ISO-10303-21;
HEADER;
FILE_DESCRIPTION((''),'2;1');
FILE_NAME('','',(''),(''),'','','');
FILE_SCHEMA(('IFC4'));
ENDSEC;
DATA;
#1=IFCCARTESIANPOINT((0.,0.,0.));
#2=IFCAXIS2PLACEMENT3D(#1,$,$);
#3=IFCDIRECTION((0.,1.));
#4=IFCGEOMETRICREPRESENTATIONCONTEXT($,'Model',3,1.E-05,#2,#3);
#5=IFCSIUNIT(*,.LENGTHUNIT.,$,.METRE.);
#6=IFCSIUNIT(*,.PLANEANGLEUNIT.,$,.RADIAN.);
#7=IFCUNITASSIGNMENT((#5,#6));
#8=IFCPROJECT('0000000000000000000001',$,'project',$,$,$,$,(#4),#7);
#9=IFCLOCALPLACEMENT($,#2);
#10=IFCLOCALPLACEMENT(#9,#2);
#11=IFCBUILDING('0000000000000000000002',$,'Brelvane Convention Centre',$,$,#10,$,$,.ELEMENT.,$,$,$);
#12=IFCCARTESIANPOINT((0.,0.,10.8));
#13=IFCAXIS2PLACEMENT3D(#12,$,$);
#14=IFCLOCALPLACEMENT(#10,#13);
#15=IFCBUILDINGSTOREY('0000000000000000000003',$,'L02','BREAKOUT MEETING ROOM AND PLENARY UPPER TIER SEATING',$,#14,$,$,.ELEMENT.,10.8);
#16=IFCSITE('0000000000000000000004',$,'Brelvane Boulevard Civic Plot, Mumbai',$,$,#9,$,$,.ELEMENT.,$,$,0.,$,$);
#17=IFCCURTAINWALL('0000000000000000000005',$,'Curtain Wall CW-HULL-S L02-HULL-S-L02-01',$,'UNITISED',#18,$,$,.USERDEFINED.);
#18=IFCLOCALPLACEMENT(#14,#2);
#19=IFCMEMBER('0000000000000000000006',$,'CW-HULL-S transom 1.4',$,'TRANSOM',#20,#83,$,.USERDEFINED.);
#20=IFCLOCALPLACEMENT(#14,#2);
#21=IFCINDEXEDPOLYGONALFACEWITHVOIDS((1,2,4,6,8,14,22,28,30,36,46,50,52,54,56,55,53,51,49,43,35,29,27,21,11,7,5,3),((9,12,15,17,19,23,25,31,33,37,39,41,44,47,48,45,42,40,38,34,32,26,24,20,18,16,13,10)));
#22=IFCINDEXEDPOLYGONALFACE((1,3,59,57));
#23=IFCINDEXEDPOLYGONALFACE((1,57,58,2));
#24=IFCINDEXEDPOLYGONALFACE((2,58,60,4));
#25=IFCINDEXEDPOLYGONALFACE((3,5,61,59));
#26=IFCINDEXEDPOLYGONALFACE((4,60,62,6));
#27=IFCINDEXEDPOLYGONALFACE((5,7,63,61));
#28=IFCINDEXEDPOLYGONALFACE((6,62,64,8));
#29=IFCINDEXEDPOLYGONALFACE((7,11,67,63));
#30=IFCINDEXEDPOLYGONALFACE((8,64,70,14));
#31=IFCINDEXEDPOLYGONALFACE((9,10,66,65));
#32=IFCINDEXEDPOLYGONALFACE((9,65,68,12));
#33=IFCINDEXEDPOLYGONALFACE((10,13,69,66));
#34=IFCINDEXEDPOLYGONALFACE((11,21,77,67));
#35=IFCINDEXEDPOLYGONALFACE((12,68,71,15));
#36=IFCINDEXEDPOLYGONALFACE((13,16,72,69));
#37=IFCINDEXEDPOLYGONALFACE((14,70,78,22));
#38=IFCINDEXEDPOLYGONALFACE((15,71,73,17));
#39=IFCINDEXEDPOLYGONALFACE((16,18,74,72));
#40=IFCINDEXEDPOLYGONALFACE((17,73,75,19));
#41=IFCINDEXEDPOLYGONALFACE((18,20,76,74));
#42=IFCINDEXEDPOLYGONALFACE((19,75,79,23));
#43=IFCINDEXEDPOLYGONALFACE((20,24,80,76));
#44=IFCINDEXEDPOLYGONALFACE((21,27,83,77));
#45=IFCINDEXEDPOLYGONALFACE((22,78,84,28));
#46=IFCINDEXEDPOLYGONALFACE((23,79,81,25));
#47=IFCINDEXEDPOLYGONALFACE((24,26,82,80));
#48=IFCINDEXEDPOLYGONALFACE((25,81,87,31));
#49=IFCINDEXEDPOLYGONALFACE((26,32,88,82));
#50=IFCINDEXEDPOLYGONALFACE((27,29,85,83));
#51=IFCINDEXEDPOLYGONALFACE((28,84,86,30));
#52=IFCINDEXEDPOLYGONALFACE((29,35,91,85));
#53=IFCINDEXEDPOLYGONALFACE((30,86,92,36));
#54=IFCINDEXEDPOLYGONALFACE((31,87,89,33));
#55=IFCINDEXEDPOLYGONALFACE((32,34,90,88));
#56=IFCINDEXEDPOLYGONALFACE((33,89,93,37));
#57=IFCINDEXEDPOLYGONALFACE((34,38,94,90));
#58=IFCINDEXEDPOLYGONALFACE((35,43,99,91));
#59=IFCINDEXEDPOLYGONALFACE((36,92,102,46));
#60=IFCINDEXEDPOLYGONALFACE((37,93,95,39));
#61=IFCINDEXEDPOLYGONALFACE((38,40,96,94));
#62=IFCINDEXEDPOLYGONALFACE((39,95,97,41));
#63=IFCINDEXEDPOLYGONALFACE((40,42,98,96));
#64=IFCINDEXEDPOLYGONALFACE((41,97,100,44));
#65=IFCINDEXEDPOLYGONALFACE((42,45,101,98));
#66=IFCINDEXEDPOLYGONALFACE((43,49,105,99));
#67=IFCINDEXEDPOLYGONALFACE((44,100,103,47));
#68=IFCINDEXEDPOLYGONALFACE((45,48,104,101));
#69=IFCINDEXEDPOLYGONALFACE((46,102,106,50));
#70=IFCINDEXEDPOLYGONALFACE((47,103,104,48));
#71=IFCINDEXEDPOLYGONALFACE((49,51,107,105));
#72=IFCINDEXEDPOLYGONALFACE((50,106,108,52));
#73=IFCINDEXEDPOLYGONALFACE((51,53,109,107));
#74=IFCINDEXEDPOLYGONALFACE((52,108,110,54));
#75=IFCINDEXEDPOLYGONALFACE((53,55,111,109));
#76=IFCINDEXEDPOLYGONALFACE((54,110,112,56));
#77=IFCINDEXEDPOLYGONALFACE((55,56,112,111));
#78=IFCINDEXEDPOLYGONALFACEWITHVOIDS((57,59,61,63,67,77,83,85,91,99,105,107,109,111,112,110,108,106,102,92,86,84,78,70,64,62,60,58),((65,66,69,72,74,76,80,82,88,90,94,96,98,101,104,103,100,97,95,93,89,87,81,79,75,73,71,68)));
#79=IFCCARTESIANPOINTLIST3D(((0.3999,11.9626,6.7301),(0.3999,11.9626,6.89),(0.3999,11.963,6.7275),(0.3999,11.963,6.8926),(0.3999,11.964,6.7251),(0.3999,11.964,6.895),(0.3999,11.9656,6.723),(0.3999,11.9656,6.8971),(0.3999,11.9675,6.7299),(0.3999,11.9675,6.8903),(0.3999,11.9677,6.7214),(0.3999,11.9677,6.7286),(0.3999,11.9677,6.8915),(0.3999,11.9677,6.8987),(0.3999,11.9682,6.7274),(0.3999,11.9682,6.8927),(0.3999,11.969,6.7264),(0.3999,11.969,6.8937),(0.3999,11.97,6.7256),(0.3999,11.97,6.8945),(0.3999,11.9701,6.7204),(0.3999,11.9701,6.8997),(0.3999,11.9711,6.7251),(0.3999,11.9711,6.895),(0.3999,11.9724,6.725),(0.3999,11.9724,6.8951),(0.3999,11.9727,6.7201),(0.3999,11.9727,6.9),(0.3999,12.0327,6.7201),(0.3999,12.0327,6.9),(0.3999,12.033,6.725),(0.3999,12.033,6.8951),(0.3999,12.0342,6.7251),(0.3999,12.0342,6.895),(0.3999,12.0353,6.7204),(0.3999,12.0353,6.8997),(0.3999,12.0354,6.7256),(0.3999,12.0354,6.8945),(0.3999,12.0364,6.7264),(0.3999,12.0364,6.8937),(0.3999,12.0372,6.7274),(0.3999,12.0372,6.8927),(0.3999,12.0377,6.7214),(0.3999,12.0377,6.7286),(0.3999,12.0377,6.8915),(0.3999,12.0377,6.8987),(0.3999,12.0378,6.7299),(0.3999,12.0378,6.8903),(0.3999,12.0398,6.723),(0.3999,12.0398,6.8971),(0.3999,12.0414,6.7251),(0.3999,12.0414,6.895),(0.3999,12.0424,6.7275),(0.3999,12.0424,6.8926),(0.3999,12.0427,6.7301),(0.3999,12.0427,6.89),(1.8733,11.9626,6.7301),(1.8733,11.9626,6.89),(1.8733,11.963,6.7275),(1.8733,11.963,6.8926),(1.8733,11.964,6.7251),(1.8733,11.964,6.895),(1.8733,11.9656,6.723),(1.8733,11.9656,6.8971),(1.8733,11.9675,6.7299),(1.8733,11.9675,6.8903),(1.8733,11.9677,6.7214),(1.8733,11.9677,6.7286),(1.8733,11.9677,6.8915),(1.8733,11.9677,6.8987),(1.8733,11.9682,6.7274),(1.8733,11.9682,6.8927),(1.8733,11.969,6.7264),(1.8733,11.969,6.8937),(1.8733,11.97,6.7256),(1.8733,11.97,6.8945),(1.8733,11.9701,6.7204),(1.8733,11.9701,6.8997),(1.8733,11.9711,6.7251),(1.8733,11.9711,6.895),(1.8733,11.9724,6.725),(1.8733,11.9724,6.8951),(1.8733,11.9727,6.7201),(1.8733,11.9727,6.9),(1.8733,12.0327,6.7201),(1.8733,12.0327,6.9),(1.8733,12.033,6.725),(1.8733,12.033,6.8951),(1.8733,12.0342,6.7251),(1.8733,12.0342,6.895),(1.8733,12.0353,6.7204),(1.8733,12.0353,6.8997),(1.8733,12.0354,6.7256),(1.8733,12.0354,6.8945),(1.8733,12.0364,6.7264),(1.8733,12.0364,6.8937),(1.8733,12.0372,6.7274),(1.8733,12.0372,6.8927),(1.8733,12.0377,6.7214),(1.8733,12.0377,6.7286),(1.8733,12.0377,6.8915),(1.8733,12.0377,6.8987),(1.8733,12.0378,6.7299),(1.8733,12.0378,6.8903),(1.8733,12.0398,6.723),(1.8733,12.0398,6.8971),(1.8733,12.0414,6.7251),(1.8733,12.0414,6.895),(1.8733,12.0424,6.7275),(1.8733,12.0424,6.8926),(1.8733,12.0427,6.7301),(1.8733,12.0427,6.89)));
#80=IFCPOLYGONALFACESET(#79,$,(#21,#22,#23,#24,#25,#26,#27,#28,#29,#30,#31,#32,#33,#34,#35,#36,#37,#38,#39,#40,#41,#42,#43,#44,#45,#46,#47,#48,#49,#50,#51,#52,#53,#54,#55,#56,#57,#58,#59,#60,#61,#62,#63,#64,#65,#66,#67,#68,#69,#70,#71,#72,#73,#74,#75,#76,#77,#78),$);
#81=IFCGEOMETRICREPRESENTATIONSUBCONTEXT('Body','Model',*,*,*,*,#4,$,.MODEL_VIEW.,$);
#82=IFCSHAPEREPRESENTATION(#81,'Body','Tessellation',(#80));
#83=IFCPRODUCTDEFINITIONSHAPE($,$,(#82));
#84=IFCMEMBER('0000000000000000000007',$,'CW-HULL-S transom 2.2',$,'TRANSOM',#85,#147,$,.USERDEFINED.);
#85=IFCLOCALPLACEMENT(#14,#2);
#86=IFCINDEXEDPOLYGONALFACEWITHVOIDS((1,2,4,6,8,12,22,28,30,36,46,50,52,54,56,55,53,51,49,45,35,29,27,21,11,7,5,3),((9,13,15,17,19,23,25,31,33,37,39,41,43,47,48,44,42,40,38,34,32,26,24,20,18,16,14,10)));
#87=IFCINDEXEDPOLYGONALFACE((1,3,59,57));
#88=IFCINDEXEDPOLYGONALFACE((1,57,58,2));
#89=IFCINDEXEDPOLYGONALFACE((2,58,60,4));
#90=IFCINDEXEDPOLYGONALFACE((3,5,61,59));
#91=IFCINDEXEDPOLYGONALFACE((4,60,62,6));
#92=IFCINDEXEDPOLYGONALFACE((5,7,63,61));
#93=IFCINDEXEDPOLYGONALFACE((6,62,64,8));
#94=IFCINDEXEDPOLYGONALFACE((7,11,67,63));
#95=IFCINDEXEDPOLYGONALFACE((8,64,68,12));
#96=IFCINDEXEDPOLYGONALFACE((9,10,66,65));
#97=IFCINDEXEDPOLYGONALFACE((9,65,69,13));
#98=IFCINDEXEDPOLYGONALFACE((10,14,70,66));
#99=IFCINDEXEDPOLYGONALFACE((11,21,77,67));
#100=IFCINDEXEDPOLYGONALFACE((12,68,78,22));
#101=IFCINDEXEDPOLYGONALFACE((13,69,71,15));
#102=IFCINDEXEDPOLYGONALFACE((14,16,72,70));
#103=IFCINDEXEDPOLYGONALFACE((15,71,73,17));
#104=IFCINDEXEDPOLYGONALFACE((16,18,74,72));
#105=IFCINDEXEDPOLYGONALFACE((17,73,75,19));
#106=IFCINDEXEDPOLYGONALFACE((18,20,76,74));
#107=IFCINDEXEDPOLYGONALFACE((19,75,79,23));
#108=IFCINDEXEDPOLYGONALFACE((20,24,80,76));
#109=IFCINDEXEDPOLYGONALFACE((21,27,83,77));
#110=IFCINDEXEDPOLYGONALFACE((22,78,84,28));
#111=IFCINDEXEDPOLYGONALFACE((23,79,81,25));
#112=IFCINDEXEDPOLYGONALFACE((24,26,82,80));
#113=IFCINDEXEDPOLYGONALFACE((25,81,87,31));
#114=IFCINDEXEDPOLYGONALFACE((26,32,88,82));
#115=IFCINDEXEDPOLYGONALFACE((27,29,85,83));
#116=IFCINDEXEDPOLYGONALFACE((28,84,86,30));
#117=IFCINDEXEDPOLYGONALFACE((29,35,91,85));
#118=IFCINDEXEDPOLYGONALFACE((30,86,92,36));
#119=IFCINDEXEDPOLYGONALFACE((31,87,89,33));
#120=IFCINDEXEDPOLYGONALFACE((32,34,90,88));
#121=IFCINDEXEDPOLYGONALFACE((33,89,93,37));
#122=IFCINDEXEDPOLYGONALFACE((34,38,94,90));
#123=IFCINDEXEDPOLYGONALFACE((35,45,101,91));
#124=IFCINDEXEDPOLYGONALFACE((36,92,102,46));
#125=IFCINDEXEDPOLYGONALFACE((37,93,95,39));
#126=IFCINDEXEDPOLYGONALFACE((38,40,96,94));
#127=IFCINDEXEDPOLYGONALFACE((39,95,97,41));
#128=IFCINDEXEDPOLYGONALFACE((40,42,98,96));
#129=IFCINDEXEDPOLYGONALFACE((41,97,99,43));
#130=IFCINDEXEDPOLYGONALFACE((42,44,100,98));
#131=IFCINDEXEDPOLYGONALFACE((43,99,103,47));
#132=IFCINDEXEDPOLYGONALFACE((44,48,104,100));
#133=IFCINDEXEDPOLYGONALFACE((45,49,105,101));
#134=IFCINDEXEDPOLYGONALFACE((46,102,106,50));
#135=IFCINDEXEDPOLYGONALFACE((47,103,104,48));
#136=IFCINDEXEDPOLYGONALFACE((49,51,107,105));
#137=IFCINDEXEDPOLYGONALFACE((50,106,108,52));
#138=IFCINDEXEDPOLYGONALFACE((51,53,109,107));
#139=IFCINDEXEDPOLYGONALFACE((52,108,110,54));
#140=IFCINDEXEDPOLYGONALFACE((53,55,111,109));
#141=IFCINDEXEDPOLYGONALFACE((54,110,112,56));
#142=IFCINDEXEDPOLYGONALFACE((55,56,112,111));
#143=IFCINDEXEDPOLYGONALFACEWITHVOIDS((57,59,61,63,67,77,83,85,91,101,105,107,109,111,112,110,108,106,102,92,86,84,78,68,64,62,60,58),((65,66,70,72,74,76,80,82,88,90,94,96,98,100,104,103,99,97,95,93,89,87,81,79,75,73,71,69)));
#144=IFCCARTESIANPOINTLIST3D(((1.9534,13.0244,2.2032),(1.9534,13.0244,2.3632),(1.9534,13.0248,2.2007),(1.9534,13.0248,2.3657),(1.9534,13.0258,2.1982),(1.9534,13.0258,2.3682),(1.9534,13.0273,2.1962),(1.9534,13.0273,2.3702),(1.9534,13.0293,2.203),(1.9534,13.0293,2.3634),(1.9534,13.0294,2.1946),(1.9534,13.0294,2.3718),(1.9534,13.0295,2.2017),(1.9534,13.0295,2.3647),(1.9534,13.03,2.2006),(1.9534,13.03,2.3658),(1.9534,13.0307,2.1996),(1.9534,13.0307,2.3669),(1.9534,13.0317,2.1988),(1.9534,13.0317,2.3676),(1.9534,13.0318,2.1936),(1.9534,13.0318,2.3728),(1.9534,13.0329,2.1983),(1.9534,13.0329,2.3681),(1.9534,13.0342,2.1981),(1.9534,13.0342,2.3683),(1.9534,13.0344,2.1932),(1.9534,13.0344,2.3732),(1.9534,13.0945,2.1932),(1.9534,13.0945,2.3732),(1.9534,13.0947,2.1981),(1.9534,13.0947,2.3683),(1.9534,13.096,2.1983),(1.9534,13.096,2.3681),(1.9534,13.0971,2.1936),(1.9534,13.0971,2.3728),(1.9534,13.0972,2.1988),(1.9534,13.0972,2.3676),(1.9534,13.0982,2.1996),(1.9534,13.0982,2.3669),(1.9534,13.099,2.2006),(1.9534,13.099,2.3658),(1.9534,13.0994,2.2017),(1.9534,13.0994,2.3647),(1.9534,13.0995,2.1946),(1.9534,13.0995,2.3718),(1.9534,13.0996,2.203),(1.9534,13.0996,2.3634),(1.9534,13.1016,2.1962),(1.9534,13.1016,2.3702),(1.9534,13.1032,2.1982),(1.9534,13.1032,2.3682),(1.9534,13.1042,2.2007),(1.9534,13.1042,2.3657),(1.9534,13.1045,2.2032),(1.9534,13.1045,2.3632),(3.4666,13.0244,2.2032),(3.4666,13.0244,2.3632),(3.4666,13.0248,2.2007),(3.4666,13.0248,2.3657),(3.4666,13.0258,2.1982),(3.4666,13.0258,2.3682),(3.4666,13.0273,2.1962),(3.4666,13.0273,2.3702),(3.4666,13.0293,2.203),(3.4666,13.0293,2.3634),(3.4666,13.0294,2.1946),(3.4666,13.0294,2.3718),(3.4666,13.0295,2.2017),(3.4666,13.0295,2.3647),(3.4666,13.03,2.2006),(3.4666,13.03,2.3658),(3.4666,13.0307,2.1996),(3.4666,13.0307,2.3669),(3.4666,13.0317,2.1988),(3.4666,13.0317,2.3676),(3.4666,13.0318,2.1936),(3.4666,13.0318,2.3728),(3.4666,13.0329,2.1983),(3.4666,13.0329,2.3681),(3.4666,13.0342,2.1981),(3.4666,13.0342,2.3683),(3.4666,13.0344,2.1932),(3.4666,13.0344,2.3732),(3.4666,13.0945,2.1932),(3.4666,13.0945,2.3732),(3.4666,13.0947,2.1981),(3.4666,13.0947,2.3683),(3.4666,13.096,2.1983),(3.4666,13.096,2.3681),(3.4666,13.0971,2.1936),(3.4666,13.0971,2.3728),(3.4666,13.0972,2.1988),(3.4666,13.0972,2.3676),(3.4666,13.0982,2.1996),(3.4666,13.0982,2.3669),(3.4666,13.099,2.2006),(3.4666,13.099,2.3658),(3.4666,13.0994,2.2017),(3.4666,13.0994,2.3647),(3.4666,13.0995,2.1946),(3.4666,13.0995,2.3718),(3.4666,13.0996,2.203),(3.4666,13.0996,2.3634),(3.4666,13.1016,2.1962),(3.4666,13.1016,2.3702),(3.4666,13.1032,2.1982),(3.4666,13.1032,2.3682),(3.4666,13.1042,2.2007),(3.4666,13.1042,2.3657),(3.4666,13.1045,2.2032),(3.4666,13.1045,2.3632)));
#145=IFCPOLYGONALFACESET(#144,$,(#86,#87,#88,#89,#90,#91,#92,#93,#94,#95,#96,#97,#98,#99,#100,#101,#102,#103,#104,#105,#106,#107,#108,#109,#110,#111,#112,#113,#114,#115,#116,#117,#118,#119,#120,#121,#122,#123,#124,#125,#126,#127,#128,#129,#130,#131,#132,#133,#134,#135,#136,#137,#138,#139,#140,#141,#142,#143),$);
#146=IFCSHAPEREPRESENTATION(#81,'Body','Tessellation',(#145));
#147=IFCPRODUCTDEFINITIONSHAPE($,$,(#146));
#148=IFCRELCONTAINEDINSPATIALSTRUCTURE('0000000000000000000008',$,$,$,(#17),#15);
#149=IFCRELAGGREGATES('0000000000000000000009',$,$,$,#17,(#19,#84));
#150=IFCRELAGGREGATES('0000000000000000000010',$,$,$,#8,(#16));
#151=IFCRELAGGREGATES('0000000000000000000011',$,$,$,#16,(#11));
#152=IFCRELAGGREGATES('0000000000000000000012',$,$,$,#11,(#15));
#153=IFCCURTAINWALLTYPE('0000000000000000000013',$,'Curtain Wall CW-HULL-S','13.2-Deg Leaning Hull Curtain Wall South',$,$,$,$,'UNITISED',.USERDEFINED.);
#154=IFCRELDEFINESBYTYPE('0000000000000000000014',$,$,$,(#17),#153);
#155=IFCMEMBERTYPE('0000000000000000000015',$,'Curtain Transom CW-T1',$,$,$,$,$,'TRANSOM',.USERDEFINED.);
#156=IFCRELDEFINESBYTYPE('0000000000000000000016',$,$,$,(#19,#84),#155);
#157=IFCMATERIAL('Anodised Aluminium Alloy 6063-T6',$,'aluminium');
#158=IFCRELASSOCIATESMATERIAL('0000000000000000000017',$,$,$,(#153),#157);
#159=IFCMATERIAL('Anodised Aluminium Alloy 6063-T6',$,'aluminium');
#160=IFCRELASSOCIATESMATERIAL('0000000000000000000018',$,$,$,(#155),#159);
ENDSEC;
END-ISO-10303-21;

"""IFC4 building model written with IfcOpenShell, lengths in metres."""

from ifc_helpers import new_model, si_unit, direction, frame, origin, origin_2d, place, context, subcontext, project, spatial, hollow_rectangle, extrude, material, material_profile, profile_set, type_object, element, aggregate, save


model = new_model("IFC4")

# Units and contexts
model_context = context("Model", 3, precision=1e-05, world=origin(), true_north=direction((0.0, 1.0)))
body_context = subcontext(model_context, "Body", "Model", "MODEL_VIEW")
ifc_project = project(units=[si_unit("LENGTHUNIT", "METRE"), si_unit("PLANEANGLEUNIT", "RADIAN")], contexts=[model_context])

# Site, building, storey
site_placement = place(None, origin())
site = spatial("IfcSite", under=ifc_project, at=site_placement, Name="Brelvane Boulevard Civic Plot, Mumbai", CompositionType="ELEMENT", RefElevation=0.0)
building_placement = place(site_placement, origin())
building = spatial("IfcBuilding", under=site, at=building_placement, Name="Brelvane Convention Centre", CompositionType="ELEMENT")
storey_placement = place(building_placement, frame((0.0, 0.0, 10.8)))
storey = spatial("IfcBuildingStorey", under=building, at=storey_placement, Name="L02", Description="BREAKOUT MEETING ROOM AND PLENARY UPPER TIER SEATING", CompositionType="ELEMENT", Elevation=10.8)

# Curtain wall, members
ifc_material_1 = material(Name="Anodised Aluminium Alloy 6063-T6", Category="aluminium")
curtain_wall_type = type_object("IfcCurtainWallType", Name="Curtain Wall CW-HULL-S", Description="13.2-Deg Leaning Hull Curtain Wall South", ElementType="UNITISED", PredefinedType="USERDEFINED", material=ifc_material_1)
curtain_wall_placement = place(storey_placement, origin())
curtain_wall = element("IfcCurtainWall", 1, at=curtain_wall_placement, inside=storey, type_object=curtain_wall_type, Name="Curtain Wall CW-HULL-S L02-HULL-S-L02-01", ObjectType="UNITISED", PredefinedType="USERDEFINED")
ifc_material_2 = material(Name="Anodised Aluminium Alloy 6063-T6", Category="aluminium")
ifc_material_profile = material_profile(ifc_material_2, hollow_rectangle(XDim=0.0801, YDim=0.1799, WallThickness=0.0049, InnerFilletRadius=0.0049, OuterFilletRadius=0.01, at=origin_2d()), Name="ALU-T 180x80x5.0")
ifc_profile_set = profile_set([ifc_material_profile], Name="Anodised Aluminium Alloy 6063-T6")
member_type = type_object("IfcMemberType", Name="Curtain Transom CW-T1", ElementType="TRANSOM", PredefinedType="USERDEFINED", material=ifc_profile_set)
member_1_placement = place(storey_placement, frame((0.3999, 12.0027, 6.8101), z_axis=(1.0, 0.0, 0.0), x_axis=(0.0, 1.0, 0.0)))
member_1 = element("IfcMember", 2, at=member_1_placement, type_object=member_type, Name="CW-HULL-S transom 1.4", ObjectType="TRANSOM", PredefinedType="USERDEFINED", context=body_context, shape_type="SweptSolid", body=[
    extrude(hollow_rectangle(XDim=0.0801, YDim=0.1799, WallThickness=0.0049, InnerFilletRadius=0.0049, OuterFilletRadius=0.01, at=origin_2d()), origin(), (0.0, 0.0, 1.0), 1.4734),
])
member_2_placement = place(storey_placement, frame((1.9534, 13.0645, 2.2832), z_axis=(1.0, 0.0, 0.0), x_axis=(0.0, 1.0, 0.0)))
member_2 = element("IfcMember", 3, at=member_2_placement, type_object=member_type, Name="CW-HULL-S transom 2.2", ObjectType="TRANSOM", PredefinedType="USERDEFINED", context=body_context, shape_type="SweptSolid", body=[
    extrude(hollow_rectangle(XDim=0.0801, YDim=0.1799, WallThickness=0.0049, InnerFilletRadius=0.0049, OuterFilletRadius=0.01, at=origin_2d()), origin(), (0.0, 0.0, 1.0), 1.5132),
])
aggregate(curtain_wall, [member_1, member_2])

save(model, "model.ifc")
